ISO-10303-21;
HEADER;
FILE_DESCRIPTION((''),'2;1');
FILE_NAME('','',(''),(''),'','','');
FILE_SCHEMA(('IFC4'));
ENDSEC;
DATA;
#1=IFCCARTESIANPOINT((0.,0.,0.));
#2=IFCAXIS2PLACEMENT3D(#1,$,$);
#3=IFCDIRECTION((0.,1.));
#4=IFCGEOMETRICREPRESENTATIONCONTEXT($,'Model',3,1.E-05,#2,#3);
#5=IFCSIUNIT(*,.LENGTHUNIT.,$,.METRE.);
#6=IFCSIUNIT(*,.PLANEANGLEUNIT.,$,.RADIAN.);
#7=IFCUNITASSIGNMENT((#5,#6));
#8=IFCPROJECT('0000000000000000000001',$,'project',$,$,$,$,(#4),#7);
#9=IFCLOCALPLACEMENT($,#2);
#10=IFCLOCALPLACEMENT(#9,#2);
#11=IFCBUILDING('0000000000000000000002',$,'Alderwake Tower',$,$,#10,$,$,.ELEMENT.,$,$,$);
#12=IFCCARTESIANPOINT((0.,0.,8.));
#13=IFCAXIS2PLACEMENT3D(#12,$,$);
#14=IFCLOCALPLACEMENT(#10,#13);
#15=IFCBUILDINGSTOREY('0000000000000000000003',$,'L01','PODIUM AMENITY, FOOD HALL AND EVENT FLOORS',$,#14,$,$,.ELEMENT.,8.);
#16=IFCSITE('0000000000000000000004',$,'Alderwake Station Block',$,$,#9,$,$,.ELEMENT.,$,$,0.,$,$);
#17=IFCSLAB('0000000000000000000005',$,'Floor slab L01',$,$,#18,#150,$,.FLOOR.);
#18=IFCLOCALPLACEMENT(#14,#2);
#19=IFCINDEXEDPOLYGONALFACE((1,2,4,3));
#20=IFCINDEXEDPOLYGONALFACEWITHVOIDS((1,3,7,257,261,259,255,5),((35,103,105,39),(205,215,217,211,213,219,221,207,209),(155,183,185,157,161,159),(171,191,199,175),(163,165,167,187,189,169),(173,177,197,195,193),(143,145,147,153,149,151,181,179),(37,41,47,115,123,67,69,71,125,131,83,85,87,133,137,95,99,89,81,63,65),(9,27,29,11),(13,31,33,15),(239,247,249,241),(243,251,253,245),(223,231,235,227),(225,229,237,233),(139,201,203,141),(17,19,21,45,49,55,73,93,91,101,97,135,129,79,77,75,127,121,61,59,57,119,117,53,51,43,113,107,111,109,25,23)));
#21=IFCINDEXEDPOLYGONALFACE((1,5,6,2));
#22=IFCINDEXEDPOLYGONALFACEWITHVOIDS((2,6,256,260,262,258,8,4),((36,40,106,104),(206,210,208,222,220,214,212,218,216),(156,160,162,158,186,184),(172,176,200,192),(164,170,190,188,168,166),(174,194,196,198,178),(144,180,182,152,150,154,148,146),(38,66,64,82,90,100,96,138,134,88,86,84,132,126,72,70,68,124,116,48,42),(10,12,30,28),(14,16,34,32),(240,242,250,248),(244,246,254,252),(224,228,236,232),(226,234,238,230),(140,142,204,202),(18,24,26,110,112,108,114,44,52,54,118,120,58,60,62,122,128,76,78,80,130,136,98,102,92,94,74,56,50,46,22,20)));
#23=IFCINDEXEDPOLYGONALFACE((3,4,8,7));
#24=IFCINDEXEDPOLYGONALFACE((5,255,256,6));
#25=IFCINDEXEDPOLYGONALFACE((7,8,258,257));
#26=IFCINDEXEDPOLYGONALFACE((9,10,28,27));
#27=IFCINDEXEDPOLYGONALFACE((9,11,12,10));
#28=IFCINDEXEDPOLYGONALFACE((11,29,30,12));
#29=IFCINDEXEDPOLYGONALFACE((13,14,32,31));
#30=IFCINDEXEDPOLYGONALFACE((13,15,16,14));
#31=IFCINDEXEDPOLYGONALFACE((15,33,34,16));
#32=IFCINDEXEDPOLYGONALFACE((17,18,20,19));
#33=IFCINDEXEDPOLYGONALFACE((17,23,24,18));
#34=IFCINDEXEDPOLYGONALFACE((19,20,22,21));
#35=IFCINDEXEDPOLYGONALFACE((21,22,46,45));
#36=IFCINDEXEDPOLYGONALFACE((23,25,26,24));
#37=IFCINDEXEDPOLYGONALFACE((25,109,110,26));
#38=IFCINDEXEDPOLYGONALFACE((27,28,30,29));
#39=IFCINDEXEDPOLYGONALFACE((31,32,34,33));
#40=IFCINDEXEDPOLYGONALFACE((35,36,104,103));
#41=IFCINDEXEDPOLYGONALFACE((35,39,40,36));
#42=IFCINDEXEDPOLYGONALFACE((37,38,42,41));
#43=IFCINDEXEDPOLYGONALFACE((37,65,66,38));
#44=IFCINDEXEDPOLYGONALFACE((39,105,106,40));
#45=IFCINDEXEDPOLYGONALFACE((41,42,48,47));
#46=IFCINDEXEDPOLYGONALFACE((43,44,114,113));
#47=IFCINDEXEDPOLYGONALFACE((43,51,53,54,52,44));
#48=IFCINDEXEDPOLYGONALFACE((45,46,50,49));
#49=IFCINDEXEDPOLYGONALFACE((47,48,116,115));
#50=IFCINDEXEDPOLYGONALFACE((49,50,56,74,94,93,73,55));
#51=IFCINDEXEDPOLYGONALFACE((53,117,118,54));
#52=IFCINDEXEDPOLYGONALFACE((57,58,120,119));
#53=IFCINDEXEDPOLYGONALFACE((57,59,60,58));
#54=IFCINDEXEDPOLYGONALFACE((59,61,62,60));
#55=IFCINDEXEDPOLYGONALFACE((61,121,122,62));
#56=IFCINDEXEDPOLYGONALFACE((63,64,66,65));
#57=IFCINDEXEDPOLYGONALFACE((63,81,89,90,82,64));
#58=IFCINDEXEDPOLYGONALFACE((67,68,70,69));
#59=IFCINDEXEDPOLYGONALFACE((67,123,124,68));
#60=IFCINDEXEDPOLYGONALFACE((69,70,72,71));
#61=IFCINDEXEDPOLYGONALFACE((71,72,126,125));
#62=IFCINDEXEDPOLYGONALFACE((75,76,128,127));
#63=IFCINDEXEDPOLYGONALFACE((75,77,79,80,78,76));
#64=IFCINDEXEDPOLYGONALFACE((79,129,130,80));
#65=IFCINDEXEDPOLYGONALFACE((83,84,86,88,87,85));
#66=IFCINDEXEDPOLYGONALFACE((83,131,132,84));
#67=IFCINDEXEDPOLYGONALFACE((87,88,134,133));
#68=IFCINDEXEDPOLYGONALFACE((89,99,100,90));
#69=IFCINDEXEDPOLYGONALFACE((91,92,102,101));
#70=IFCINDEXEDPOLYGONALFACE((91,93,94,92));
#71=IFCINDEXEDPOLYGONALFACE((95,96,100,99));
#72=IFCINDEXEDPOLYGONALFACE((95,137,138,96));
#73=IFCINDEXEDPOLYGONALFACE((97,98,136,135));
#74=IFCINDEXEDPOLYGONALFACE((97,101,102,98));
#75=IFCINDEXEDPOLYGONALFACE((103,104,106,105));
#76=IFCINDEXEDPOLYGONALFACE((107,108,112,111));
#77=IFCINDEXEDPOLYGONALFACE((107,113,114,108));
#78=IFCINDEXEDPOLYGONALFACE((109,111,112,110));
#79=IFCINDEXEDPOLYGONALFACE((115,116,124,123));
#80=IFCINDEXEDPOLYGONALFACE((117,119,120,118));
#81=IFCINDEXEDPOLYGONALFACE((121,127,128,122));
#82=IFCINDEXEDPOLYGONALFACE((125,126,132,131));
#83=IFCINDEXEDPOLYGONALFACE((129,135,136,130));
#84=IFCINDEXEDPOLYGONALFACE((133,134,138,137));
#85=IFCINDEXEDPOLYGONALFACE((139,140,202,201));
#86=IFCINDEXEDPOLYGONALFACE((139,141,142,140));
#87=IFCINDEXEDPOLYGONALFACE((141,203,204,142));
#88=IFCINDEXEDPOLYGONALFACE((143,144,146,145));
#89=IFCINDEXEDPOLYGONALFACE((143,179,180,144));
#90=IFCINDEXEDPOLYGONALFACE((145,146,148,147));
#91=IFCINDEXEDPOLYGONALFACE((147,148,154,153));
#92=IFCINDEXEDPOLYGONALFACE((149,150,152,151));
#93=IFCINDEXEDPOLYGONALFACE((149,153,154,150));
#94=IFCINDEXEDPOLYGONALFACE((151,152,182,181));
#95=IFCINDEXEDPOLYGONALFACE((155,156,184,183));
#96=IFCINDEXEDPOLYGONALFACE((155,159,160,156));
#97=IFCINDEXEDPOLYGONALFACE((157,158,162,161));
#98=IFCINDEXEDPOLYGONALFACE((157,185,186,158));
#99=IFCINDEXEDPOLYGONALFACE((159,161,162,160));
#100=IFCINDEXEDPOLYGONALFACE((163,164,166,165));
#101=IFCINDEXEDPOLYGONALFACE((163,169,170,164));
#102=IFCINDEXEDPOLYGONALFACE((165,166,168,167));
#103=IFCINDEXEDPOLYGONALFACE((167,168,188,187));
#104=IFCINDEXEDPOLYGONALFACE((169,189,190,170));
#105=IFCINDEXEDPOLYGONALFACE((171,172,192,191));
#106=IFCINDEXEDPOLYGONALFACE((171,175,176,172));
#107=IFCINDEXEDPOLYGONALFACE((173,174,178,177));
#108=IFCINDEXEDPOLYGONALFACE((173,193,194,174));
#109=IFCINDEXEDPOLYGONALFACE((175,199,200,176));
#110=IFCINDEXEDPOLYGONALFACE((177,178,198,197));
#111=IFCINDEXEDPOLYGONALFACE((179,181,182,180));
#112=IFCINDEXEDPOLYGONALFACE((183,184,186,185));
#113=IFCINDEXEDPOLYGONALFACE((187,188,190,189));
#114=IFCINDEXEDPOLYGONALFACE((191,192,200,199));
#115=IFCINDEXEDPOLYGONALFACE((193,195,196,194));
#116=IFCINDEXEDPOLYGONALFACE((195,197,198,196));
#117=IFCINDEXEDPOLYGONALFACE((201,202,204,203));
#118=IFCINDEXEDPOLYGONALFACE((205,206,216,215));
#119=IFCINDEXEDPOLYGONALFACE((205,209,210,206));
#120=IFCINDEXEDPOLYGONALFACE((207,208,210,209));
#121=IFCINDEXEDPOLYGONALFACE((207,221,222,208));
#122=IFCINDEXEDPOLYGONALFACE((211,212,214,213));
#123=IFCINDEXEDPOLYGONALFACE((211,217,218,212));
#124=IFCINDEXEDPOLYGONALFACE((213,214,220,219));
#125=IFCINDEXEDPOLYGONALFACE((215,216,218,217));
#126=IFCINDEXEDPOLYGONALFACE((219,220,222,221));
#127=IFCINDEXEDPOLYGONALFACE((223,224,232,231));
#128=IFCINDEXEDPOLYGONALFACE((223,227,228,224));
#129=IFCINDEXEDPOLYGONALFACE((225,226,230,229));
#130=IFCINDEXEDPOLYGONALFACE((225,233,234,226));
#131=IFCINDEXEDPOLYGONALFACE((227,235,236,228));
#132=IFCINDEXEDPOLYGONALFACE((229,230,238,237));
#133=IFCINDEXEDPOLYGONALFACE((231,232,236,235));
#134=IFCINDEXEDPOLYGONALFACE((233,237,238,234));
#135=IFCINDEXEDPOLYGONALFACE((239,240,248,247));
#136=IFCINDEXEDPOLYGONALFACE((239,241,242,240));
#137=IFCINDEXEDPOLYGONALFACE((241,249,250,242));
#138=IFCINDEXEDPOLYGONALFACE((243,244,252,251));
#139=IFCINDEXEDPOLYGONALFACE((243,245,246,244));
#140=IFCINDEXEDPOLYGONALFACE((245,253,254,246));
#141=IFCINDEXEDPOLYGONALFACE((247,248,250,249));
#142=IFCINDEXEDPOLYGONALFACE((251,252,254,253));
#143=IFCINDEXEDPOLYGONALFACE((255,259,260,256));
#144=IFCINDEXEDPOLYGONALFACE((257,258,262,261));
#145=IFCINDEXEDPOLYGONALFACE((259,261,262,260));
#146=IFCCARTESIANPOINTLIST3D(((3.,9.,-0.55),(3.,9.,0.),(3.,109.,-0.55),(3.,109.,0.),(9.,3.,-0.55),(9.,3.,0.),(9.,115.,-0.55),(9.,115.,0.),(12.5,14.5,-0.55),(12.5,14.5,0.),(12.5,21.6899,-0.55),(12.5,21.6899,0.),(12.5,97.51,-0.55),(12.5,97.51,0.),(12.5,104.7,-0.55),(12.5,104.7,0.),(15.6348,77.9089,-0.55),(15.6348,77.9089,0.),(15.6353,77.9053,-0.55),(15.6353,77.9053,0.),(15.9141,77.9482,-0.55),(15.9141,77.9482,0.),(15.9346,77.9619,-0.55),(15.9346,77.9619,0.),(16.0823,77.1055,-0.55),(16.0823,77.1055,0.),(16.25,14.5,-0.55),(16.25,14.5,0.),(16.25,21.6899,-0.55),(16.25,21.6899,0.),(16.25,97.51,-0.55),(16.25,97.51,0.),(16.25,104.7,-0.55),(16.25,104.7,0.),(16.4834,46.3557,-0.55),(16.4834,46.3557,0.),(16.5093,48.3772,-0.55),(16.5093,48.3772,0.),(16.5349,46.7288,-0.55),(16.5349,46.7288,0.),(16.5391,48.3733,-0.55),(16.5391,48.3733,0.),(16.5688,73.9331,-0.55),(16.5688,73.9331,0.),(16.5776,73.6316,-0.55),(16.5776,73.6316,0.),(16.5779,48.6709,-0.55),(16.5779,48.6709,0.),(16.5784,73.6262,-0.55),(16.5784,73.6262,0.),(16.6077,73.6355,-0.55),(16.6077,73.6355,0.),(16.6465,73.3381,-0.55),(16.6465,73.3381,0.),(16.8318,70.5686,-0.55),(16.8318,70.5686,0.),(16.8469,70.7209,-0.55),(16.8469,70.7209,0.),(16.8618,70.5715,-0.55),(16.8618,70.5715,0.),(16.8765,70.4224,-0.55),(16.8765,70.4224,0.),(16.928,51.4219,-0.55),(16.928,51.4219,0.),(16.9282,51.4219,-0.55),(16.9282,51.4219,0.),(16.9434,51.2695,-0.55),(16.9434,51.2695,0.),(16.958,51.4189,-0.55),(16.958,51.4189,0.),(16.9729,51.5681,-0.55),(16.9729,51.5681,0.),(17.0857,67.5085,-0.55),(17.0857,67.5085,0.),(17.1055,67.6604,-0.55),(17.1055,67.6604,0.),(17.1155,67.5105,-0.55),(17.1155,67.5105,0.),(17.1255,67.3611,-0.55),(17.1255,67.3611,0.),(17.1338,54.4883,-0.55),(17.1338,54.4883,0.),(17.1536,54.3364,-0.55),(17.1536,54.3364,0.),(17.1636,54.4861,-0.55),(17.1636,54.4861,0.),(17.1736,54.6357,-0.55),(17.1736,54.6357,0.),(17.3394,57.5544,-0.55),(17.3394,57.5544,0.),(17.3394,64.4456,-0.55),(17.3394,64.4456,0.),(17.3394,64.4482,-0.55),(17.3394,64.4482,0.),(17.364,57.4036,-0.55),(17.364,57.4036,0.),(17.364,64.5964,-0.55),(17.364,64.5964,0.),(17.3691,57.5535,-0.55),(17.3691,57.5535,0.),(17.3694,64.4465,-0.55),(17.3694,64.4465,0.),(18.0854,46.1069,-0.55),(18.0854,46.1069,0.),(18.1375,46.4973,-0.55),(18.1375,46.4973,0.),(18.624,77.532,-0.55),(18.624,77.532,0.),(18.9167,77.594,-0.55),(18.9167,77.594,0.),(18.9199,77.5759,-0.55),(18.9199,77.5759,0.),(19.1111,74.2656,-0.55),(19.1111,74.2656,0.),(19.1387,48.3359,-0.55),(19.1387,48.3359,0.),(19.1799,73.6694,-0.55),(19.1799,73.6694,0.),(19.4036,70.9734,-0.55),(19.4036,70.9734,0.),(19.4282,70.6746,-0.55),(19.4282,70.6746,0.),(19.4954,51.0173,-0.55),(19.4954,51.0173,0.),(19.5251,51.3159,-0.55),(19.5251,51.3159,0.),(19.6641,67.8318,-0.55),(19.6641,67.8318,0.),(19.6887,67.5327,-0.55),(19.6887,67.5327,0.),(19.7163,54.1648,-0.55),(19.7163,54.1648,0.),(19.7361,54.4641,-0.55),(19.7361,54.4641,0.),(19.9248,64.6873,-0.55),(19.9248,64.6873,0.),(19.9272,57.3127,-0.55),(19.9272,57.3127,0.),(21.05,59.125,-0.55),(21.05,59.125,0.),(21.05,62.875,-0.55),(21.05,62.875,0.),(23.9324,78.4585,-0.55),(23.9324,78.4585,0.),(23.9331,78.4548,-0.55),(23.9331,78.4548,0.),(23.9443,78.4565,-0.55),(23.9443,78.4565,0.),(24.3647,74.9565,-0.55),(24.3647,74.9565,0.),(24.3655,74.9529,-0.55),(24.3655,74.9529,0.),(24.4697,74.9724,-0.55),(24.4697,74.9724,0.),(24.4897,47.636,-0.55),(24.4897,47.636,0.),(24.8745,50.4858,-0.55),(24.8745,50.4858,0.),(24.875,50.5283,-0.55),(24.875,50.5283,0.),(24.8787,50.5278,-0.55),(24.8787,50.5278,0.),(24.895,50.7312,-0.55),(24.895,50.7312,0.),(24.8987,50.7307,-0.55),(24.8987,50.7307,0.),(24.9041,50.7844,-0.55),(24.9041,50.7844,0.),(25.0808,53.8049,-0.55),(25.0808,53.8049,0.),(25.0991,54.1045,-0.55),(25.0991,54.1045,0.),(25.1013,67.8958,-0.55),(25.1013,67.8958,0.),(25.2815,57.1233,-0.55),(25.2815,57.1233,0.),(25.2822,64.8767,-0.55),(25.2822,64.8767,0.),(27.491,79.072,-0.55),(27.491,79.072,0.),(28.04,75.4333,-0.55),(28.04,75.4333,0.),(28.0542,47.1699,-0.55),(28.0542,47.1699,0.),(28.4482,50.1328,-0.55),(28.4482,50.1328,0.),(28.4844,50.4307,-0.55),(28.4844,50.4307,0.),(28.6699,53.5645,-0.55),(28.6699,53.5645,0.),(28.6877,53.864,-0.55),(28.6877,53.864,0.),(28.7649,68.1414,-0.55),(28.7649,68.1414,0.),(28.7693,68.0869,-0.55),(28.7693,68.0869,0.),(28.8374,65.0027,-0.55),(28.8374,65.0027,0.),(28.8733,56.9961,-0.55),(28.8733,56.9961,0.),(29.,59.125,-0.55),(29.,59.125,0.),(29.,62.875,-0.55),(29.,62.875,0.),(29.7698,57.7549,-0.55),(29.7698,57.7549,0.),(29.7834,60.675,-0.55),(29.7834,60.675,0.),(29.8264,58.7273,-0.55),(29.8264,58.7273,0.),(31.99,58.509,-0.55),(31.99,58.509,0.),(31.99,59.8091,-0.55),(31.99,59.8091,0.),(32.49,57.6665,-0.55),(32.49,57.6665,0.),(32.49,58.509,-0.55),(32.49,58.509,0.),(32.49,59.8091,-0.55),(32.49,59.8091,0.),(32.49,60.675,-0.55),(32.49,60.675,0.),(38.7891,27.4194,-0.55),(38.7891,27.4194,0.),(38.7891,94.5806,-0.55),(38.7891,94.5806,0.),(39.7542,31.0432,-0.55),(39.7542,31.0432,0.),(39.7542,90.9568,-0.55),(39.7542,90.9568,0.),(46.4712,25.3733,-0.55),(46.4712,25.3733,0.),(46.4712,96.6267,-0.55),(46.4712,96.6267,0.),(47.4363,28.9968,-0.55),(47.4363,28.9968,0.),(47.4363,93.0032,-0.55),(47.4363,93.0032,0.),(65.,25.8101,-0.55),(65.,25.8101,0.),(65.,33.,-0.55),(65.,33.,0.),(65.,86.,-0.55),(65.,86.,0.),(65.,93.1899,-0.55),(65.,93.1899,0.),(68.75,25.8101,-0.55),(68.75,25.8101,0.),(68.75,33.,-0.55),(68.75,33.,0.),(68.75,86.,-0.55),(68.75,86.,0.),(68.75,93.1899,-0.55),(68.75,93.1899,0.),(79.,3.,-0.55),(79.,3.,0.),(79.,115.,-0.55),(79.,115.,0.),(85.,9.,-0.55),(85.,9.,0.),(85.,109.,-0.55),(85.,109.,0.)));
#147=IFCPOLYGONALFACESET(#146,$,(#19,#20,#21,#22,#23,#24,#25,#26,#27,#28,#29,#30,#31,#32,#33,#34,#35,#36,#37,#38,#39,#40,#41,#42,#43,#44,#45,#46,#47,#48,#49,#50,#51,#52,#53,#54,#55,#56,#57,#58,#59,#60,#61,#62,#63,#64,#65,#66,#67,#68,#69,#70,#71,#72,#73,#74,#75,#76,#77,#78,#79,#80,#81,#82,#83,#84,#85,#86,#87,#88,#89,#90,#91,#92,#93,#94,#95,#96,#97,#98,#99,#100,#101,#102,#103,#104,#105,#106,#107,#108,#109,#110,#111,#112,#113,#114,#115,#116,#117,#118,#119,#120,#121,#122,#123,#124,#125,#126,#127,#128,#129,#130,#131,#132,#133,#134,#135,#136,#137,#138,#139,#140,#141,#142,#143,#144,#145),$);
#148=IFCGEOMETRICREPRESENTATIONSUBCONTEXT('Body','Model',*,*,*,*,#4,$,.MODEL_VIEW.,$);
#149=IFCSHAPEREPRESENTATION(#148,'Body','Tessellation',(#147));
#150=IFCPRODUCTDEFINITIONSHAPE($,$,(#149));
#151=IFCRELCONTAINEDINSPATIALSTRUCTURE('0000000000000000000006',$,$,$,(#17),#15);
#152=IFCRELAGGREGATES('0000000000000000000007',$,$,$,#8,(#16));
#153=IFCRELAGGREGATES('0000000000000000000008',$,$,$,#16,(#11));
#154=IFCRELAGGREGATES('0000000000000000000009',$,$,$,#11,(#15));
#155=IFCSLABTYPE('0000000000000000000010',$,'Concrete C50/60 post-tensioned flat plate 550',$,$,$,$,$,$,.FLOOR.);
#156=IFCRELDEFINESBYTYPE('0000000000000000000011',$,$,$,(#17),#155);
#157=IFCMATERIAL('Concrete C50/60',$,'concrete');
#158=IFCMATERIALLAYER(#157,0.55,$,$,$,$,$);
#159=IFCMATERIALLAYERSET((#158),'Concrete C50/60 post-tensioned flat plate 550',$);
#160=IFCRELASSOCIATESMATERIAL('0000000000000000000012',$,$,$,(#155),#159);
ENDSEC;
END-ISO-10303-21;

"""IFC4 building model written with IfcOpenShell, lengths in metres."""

from ifc_helpers import new_model, si_unit, direction, frame, origin, place, context, subcontext, project, spatial, polyline, outline, extrude, material, layer, layer_set, type_object, element, save


model = new_model("IFC4")

# Units and contexts
model_context = context("Model", 3, precision=1e-05, world=origin(), true_north=direction((0.0, 1.0)))
body_context = subcontext(model_context, "Body", "Model", "MODEL_VIEW")
ifc_project = project(units=[si_unit("LENGTHUNIT", "METRE"), si_unit("PLANEANGLEUNIT", "RADIAN")], contexts=[model_context])

# Site, building, storey
site_placement = place(None, origin())
site = spatial("IfcSite", under=ifc_project, at=site_placement, Name="Alderwake Station Block", CompositionType="ELEMENT", RefElevation=0.0)
building_placement = place(site_placement, origin())
building = spatial("IfcBuilding", under=site, at=building_placement, Name="Alderwake Tower", CompositionType="ELEMENT")
storey_placement = place(building_placement, frame((0.0, 0.0, 8.0)))
storey = spatial("IfcBuildingStorey", under=building, at=storey_placement, Name="L01", Description="PODIUM AMENITY, FOOD HALL AND EVENT FLOORS", CompositionType="ELEMENT", Elevation=8.0)

# Slab
ifc_material_1 = material(Name="Concrete C50/60", Category="concrete")
ifc_layer_1 = layer(ifc_material_1, 0.55)
ifc_layer_set_1 = layer_set([ifc_layer_1], Name="Concrete C50/60 post-tensioned flat plate 550")
slab_type_1 = type_object("IfcSlabType", Name="Concrete C50/60 post-tensioned flat plate 550", PredefinedType="FLOOR", material=ifc_layer_set_1)
slab_1_placement = place(storey_placement, frame((0.0, 0.0, -0.55)))
element("IfcSlab", 1, at=slab_1_placement, inside=storey, type_object=slab_type_1, Name="Floor slab L01", PredefinedType="FLOOR", context=body_context, shape_type="SweptSolid", body=[
    extrude(outline(polyline([(3.0, 109.0), (9.0, 115.0), (79.0, 115.0), (85.0, 109.0), (85.0, 9.0), (79.0, 3.0), (9.0, 3.0), (3.0, 9.0), (3.0, 109.0)]), holes=[polyline([(16.25, 14.5), (16.25, 21.6899), (12.5, 21.6899), (12.5, 14.5), (16.25, 14.5)]), polyline([(16.9434, 51.2695), (16.958, 51.4189), (16.9729, 51.5681), (19.5251, 51.3159), (19.7163, 54.1648), (17.1536, 54.3364), (17.1636, 54.4861), (17.1736, 54.6357), (19.7361, 54.4641), (19.9272, 57.3127), (17.364, 57.4036), (17.3691, 57.5535), (17.3394, 57.5544), (17.1338, 54.4883), (16.928, 51.4219), (16.9282, 51.4219), (16.5093, 48.3772), (16.5391, 48.3733), (16.5779, 48.6709), (19.1387, 48.3359), (19.4954, 51.0173), (16.9434, 51.2695)]), polyline([(29.0, 62.875), (21.05, 62.875), (21.05, 59.125), (29.0, 59.125), (29.0, 62.875)]), polyline([(19.6887, 67.5327), (17.1255, 67.3611), (17.1155, 67.5105), (17.1055, 67.6604), (19.6641, 67.8318), (19.4282, 70.6746), (16.8765, 70.4224), (16.8618, 70.5715), (16.8469, 70.7209), (19.4036, 70.9734), (19.1799, 73.6694), (16.6465, 73.3381), (16.6077, 73.6355), (16.5688, 73.9331), (19.1111, 74.2656), (18.624, 77.532), (18.9199, 77.5759), (18.9167, 77.594), (16.0823, 77.1055), (15.9346, 77.9619), (15.6348, 77.9089), (15.6353, 77.9053), (15.9141, 77.9482), (16.5776, 73.6316), (16.5784, 73.6262), (16.8318, 70.5686), (17.0857, 67.5085), (17.3394, 64.4482), (17.3394, 64.4456), (17.3694, 64.4465), (17.364, 64.5964), (19.9248, 64.6873), (19.6887, 67.5327)]), polyline([(12.5, 104.7), (12.5, 97.51), (16.25, 97.51), (16.25, 104.7), (12.5, 104.7)]), polyline([(47.4363, 28.9968), (39.7542, 31.0432), (38.7891, 27.4194), (46.4712, 25.3733), (47.4363, 28.9968)]), polyline([(65.0, 33.0), (65.0, 25.8101), (68.75, 25.8101), (68.75, 33.0), (65.0, 33.0)]), polyline([(28.4482, 50.1328), (24.8745, 50.4858), (24.8787, 50.5278), (24.875, 50.5283), (24.4897, 47.636), (28.0542, 47.1699), (28.4482, 50.1328)]), polyline([(28.6699, 53.5645), (25.0808, 53.8049), (24.895, 50.7312), (24.8987, 50.7307), (24.9041, 50.7844), (28.4844, 50.4307), (28.6699, 53.5645)]), polyline([(28.8733, 56.9961), (25.2815, 57.1233), (25.0991, 54.1045), (28.6877, 53.864), (28.8733, 56.9961)]), polyline([(28.7693, 68.0869), (28.7649, 68.1414), (25.1013, 67.8958), (25.2822, 64.8767), (28.8374, 65.0027), (28.7693, 68.0869)]), polyline([(27.491, 79.072), (23.9324, 78.4585), (23.9331, 78.4548), (23.9443, 78.4565), (24.4697, 74.9724), (24.3647, 74.9565), (24.3655, 74.9529), (28.04, 75.4333), (27.491, 79.072)]), polyline([(65.0, 86.0), (68.75, 86.0), (68.75, 93.1899), (65.0, 93.1899), (65.0, 86.0)]), polyline([(47.4363, 93.0032), (46.4712, 96.6267), (38.7891, 94.5806), (39.7542, 90.9568), (47.4363, 93.0032)]), polyline([(18.1375, 46.4973), (16.5349, 46.7288), (16.4834, 46.3557), (18.0854, 46.1069), (18.1375, 46.4973)]), polyline([(29.7698, 57.7549), (32.49, 57.6665), (32.49, 58.509), (31.99, 58.509), (31.99, 59.8091), (32.49, 59.8091), (32.49, 60.675), (29.7834, 60.675), (29.8264, 58.7273), (29.7698, 57.7549)])]), origin(), (0.0, 0.0, 1.0), 0.55),
])

save(model, "model.ifc")
